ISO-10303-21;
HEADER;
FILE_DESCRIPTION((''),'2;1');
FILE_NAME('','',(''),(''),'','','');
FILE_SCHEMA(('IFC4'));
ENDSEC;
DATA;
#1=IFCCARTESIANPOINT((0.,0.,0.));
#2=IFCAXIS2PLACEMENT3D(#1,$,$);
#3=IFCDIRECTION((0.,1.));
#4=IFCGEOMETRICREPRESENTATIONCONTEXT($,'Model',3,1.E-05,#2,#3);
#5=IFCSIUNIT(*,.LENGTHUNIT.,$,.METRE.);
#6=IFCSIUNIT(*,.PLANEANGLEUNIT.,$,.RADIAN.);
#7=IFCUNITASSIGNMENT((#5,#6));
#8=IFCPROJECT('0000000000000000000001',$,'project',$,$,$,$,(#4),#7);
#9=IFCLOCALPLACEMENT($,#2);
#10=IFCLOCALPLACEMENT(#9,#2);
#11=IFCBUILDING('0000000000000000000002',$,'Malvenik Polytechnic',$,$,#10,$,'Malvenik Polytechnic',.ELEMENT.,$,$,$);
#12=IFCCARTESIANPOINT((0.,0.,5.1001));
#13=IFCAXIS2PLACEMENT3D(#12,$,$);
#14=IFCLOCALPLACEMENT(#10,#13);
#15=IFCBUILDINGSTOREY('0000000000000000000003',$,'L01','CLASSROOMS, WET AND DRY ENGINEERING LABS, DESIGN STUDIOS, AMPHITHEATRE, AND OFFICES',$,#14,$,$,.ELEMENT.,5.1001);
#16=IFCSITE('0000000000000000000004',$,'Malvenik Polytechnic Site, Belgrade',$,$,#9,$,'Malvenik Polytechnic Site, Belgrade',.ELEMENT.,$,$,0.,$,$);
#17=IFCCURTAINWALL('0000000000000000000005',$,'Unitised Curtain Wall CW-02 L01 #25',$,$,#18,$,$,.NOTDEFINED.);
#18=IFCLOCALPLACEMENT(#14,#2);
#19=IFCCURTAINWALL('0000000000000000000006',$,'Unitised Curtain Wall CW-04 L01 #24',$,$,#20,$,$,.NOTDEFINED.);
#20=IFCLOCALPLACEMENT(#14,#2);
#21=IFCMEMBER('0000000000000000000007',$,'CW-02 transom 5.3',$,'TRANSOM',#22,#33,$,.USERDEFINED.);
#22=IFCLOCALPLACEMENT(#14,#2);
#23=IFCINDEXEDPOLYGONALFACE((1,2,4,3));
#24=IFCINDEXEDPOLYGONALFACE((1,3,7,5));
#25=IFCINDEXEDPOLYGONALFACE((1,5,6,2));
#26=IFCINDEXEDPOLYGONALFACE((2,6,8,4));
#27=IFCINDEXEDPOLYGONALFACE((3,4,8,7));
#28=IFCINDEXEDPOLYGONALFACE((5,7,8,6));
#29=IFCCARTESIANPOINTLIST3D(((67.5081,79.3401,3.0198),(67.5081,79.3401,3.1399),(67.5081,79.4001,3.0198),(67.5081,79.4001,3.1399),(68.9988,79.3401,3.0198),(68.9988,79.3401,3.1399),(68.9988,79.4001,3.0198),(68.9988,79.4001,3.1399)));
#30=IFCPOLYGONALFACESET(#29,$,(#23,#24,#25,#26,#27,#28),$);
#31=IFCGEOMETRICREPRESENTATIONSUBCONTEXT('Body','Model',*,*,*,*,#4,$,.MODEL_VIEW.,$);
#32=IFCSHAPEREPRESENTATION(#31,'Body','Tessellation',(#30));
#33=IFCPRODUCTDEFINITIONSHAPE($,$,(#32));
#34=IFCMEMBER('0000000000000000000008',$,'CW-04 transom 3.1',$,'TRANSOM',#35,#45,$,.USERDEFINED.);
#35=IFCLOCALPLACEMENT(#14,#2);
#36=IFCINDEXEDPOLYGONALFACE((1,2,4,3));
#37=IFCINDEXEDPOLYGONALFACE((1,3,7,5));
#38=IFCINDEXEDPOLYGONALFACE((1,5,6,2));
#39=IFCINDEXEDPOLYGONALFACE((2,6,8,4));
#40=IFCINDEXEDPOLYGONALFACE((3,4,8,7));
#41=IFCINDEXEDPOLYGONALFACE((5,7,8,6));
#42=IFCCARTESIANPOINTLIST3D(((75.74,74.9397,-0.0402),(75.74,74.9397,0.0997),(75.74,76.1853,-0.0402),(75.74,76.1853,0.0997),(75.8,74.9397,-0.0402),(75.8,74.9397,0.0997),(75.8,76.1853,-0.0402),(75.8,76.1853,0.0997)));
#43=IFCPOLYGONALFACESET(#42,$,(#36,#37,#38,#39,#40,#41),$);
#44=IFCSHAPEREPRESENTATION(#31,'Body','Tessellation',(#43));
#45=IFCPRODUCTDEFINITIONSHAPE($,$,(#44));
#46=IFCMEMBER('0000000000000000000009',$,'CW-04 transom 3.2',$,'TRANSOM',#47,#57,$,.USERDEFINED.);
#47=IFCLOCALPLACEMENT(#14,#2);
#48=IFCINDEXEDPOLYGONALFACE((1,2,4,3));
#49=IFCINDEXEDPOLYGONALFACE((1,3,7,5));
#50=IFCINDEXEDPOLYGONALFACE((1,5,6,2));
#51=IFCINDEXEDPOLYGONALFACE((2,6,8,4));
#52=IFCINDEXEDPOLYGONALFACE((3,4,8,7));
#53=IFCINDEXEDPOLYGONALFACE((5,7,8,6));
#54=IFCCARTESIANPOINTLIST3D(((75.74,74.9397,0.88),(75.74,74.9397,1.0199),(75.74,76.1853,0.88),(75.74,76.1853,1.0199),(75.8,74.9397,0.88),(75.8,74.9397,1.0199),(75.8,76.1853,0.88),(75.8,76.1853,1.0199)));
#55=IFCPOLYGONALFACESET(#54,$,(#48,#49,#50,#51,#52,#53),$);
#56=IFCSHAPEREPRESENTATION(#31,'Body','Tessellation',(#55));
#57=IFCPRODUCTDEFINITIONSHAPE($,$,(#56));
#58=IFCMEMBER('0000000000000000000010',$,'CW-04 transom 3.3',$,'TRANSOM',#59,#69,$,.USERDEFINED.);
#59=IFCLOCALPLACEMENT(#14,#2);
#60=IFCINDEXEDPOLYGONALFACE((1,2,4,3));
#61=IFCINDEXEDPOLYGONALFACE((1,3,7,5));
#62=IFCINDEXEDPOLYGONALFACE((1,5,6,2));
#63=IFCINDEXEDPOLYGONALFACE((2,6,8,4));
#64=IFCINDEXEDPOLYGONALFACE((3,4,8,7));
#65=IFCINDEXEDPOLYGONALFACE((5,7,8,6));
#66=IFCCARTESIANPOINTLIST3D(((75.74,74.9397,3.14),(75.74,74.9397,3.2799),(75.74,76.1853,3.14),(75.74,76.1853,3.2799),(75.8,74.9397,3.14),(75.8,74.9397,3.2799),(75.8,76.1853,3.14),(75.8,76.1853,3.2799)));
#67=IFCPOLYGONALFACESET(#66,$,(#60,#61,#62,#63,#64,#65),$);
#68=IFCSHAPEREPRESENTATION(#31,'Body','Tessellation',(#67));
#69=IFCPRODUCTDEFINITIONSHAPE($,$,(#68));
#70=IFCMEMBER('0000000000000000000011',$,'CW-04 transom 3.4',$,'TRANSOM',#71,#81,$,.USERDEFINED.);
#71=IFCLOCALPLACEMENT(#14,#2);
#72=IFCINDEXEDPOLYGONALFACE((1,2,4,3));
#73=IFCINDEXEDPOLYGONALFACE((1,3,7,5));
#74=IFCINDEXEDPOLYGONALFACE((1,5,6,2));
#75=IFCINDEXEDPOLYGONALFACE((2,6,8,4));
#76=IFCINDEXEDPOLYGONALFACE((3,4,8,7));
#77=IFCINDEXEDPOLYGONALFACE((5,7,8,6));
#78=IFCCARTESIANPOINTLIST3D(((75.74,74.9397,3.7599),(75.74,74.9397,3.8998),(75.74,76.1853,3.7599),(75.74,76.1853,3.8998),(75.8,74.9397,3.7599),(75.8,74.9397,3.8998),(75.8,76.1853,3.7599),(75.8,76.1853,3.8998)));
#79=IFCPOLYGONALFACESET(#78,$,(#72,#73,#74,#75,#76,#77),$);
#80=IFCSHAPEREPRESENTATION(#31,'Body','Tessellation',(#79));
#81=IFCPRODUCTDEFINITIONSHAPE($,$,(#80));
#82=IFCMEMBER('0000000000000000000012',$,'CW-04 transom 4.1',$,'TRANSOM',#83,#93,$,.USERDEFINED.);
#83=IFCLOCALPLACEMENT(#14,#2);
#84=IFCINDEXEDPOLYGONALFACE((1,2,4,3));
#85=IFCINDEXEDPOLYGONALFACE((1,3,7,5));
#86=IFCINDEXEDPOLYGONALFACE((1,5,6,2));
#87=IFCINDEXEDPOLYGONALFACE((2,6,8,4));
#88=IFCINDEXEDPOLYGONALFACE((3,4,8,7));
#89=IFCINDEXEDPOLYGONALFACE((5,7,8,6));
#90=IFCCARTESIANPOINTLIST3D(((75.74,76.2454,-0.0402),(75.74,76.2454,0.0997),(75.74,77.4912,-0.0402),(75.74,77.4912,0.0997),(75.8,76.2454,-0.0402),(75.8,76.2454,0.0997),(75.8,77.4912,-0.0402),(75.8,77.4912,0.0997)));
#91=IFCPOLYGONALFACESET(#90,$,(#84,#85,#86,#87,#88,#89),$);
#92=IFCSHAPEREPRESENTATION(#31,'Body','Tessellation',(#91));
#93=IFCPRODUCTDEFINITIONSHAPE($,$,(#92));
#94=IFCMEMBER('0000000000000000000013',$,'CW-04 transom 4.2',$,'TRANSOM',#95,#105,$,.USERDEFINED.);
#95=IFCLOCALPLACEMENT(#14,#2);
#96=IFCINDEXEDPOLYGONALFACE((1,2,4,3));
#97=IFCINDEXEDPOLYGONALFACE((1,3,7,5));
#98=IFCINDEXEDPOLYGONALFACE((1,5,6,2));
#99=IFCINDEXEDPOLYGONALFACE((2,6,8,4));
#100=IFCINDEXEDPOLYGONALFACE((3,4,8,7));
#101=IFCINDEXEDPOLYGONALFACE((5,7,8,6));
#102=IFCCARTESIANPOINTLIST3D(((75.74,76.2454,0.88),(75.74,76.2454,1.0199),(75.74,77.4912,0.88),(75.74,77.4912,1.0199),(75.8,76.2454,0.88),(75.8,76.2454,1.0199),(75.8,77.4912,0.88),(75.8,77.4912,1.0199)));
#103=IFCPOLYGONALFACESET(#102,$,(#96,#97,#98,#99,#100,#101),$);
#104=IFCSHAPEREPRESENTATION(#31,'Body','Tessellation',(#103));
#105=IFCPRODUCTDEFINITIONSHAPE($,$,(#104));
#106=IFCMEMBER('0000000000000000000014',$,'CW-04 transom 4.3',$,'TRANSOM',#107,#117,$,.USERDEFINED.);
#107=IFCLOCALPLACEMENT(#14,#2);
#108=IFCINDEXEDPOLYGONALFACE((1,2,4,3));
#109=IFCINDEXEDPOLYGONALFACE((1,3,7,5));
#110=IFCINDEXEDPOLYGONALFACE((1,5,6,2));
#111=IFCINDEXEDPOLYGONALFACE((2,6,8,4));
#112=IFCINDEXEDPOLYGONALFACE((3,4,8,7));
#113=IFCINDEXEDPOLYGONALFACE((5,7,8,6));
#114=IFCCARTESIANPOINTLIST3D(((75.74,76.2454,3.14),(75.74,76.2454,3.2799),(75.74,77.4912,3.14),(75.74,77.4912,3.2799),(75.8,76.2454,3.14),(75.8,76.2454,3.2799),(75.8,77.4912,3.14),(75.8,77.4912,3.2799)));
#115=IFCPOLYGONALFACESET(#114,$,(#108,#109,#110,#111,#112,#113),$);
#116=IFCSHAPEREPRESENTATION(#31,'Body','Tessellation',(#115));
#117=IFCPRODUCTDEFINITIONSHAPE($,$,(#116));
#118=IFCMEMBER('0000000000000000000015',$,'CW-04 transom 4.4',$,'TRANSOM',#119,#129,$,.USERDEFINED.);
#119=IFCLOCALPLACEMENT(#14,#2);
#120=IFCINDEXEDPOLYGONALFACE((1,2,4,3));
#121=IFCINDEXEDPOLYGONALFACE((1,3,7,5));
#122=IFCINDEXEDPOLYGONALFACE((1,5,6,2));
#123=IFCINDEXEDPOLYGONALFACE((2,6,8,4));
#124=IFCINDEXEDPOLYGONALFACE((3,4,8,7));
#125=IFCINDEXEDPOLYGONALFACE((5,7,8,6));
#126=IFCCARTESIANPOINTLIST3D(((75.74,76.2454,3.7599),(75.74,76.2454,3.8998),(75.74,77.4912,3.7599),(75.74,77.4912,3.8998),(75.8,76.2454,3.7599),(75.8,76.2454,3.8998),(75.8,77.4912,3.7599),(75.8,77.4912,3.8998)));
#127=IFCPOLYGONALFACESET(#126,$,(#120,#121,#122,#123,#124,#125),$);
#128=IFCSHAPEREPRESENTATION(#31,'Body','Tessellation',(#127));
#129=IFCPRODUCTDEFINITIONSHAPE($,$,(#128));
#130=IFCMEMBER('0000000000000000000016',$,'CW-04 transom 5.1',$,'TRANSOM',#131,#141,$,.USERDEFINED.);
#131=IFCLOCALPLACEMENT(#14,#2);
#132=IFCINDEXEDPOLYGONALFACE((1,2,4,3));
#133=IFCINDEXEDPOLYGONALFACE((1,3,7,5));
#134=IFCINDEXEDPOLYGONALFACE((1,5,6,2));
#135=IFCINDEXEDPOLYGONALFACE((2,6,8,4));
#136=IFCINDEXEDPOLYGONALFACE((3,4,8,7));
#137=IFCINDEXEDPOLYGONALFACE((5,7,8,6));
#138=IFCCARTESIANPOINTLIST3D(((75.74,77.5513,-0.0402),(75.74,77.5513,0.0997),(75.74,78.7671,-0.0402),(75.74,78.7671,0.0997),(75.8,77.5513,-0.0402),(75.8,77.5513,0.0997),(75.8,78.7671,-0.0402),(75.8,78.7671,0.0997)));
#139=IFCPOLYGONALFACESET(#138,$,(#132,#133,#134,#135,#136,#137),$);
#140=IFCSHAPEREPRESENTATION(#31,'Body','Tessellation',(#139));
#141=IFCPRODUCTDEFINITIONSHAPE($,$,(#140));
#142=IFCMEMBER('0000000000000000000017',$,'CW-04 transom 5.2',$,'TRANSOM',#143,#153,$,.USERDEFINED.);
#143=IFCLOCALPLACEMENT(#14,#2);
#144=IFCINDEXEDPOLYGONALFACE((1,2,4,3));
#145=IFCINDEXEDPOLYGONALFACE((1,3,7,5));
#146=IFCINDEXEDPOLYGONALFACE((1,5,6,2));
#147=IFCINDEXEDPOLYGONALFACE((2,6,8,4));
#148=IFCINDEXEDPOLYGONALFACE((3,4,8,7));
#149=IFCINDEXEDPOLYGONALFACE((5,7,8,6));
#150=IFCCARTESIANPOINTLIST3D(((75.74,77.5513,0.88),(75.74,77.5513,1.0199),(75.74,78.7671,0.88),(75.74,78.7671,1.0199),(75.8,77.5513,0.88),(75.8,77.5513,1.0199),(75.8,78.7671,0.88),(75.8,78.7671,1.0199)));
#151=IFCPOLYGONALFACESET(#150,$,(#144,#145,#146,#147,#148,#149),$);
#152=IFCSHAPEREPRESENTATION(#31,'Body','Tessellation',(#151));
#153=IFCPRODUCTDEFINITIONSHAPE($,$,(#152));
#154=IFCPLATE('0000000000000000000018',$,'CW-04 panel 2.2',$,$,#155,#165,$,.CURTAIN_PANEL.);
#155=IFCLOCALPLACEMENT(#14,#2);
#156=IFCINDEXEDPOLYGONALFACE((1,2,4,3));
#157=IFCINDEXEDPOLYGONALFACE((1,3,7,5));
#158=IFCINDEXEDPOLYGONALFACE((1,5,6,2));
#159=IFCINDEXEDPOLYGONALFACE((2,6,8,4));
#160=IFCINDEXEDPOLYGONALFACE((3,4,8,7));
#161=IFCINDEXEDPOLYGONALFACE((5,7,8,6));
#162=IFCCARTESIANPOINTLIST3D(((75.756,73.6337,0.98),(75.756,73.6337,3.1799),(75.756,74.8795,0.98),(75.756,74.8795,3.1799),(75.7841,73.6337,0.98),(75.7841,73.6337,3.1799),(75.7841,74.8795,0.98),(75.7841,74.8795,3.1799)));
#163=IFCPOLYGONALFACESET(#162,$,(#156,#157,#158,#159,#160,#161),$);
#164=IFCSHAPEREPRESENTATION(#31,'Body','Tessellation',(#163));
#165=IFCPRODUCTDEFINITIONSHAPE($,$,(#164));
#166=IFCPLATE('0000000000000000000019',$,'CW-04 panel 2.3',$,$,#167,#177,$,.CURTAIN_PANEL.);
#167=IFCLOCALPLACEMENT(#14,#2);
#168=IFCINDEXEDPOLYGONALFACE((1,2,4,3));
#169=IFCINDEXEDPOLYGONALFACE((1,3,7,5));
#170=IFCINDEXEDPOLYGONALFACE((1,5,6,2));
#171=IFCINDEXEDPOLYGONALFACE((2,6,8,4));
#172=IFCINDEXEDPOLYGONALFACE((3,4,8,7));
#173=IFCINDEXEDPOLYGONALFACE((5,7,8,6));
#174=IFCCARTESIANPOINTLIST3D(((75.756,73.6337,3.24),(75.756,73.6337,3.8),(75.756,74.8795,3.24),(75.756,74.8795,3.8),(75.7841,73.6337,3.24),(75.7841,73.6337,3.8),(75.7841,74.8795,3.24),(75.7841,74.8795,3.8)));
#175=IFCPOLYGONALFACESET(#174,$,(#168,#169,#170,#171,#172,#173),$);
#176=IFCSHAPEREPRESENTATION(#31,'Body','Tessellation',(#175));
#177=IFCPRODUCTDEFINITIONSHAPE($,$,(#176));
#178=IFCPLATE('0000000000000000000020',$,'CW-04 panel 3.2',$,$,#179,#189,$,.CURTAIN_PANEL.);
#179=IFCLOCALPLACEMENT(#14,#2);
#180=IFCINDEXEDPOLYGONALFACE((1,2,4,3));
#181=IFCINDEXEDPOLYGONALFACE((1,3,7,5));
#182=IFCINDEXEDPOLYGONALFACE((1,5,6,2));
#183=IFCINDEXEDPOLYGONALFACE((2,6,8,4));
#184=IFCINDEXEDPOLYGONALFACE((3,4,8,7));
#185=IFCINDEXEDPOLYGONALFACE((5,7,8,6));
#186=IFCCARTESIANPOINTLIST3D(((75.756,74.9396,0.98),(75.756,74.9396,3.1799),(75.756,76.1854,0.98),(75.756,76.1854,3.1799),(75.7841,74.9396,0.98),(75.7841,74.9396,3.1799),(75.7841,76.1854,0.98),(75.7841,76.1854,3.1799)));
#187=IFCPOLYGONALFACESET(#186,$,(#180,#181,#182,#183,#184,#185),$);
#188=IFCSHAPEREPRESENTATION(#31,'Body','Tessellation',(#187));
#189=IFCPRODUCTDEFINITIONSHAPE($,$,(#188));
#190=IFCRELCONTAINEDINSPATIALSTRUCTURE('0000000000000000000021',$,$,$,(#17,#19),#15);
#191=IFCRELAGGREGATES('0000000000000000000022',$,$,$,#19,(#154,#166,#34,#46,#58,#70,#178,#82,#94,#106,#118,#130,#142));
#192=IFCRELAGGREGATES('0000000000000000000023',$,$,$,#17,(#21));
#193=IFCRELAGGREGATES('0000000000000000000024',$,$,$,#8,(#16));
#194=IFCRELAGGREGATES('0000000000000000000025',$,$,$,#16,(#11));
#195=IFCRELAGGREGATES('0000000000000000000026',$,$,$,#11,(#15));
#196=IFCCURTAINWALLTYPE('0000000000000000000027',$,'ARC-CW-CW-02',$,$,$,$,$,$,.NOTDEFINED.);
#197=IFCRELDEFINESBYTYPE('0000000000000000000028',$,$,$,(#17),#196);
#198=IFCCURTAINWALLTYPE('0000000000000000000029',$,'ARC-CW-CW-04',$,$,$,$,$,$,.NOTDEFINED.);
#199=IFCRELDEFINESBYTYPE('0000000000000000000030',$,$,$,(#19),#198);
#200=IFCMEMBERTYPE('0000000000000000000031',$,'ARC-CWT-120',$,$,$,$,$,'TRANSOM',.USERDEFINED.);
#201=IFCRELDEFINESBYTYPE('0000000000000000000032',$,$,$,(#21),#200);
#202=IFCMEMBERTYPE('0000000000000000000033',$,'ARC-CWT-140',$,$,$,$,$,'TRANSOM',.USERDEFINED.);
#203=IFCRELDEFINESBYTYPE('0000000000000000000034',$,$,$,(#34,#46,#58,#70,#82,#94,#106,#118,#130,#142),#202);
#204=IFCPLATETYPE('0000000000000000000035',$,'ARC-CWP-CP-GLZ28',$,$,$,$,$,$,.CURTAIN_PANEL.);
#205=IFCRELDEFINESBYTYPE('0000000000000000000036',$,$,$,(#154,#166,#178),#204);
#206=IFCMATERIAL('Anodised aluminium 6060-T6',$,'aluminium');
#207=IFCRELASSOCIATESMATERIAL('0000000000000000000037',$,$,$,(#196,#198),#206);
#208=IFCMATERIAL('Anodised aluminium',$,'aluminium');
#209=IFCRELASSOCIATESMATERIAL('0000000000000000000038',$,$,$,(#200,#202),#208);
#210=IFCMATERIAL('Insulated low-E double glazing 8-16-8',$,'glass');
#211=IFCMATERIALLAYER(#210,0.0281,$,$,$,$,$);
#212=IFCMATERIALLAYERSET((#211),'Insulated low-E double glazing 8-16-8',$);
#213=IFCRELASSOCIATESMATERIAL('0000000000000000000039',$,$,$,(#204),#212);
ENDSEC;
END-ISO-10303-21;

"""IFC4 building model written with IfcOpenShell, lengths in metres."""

from ifc_helpers import new_model, si_unit, direction, frame, origin, origin_2d, place, context, subcontext, project, spatial, rectangle, extrude, material, layer, layer_set, material_profile, profile_set, type_object, element, aggregate, save


model = new_model("IFC4")

# Units and contexts
model_context = context("Model", 3, precision=1e-05, world=origin(), true_north=direction((0.0, 1.0)))
body_context = subcontext(model_context, "Body", "Model", "MODEL_VIEW")
ifc_project = project(units=[si_unit("LENGTHUNIT", "METRE"), si_unit("PLANEANGLEUNIT", "RADIAN")], contexts=[model_context])

# Site, building, storey
site_placement = place(None, origin())
site = spatial("IfcSite", under=ifc_project, at=site_placement, Name="Malvenik Polytechnic Site, Belgrade", LongName="Malvenik Polytechnic Site, Belgrade", CompositionType="ELEMENT", RefElevation=0.0)
building_placement = place(site_placement, origin())
building = spatial("IfcBuilding", under=site, at=building_placement, Name="Malvenik Polytechnic", LongName="Malvenik Polytechnic", CompositionType="ELEMENT")
storey_placement = place(building_placement, frame((0.0, 0.0, 5.1001)))
storey = spatial("IfcBuildingStorey", under=building, at=storey_placement, Name="L01", Description="CLASSROOMS, WET AND DRY ENGINEERING LABS, DESIGN STUDIOS, AMPHITHEATRE, AND OFFICES", CompositionType="ELEMENT", Elevation=5.1001)

# Curtain walls
ifc_material_1 = material(Name="Anodised aluminium 6060-T6", Category="aluminium")
curtain_wall_type_1 = type_object("IfcCurtainWallType", Name="ARC-CW-CW-02", PredefinedType="NOTDEFINED", material=ifc_material_1)
curtain_wall_1_placement = place(storey_placement, origin())
curtain_wall_1 = element("IfcCurtainWall", 1, at=curtain_wall_1_placement, inside=storey, type_object=curtain_wall_type_1, Name="Unitised Curtain Wall CW-02 L01 #25", PredefinedType="NOTDEFINED")
ifc_material_2 = material(Name="Anodised aluminium", Category="aluminium")
curtain_wall_type_2 = type_object("IfcCurtainWallType", Name="ARC-CW-CW-04", PredefinedType="NOTDEFINED", material=ifc_material_1)
curtain_wall_2_placement = place(storey_placement, origin())
curtain_wall_2 = element("IfcCurtainWall", 2, at=curtain_wall_2_placement, inside=storey, type_object=curtain_wall_type_2, Name="Unitised Curtain Wall CW-04 L01 #24", PredefinedType="NOTDEFINED")

# Members
ifc_material_profile_1 = material_profile(ifc_material_2, rectangle(XDim=0.0601, YDim=0.1201, at=origin_2d()), Name="ALU TRANSOM 60x120")
ifc_profile_set_1 = profile_set([ifc_material_profile_1], Name="Anodised aluminium")
member_type_1 = type_object("IfcMemberType", Name="ARC-CWT-120", ElementType="TRANSOM", PredefinedType="USERDEFINED", material=ifc_profile_set_1)
member_1_placement = place(storey_placement, frame((68.9988, 79.3701, 3.0798), z_axis=(-1.0, 0.0, 0.0), x_axis=(0.0, -1.0, 0.0)))
member_1 = element("IfcMember", 3, at=member_1_placement, type_object=member_type_1, Name="CW-02 transom 5.3", ObjectType="TRANSOM", PredefinedType="USERDEFINED", context=body_context, shape_type="SweptSolid", body=[
    extrude(rectangle(XDim=0.0601, YDim=0.1201, at=origin_2d()), origin(), (0.0, 0.0, 1.0), 1.4907),
])
ifc_material_profile_2 = material_profile(ifc_material_2, rectangle(XDim=0.0601, YDim=0.1399, at=origin_2d()), Name="ALU TRANSOM 60x140")
ifc_profile_set_2 = profile_set([ifc_material_profile_2], Name="Anodised aluminium")
member_type_2 = type_object("IfcMemberType", Name="ARC-CWT-140", ElementType="TRANSOM", PredefinedType="USERDEFINED", material=ifc_profile_set_2)
member_2_placement = place(storey_placement, frame((75.77, 74.9397, 0.0298), z_axis=(0.0, 1.0, 0.0), x_axis=(-1.0, 0.0, 0.0)))
member_2 = element("IfcMember", 4, at=member_2_placement, type_object=member_type_2, Name="CW-04 transom 3.1", ObjectType="TRANSOM", PredefinedType="USERDEFINED", context=body_context, shape_type="SweptSolid", body=[
    extrude(rectangle(XDim=0.0601, YDim=0.1399, at=origin_2d()), origin(), (0.0, 0.0, 1.0), 1.2456),
])
member_3_placement = place(storey_placement, frame((75.77, 74.9397, 0.95), z_axis=(0.0, 1.0, 0.0), x_axis=(-1.0, 0.0, 0.0)))
member_3 = element("IfcMember", 5, at=member_3_placement, type_object=member_type_2, Name="CW-04 transom 3.2", ObjectType="TRANSOM", PredefinedType="USERDEFINED", context=body_context, shape_type="SweptSolid", body=[
    extrude(rectangle(XDim=0.0601, YDim=0.1399, at=origin_2d()), origin(), (0.0, 0.0, 1.0), 1.2456),
])
member_4_placement = place(storey_placement, frame((75.77, 74.9397, 3.21), z_axis=(0.0, 1.0, 0.0), x_axis=(-1.0, 0.0, 0.0)))
member_4 = element("IfcMember", 6, at=member_4_placement, type_object=member_type_2, Name="CW-04 transom 3.3", ObjectType="TRANSOM", PredefinedType="USERDEFINED", context=body_context, shape_type="SweptSolid", body=[
    extrude(rectangle(XDim=0.0601, YDim=0.1399, at=origin_2d()), origin(), (0.0, 0.0, 1.0), 1.2456),
])
member_5_placement = place(storey_placement, frame((75.77, 74.9397, 3.8298), z_axis=(0.0, 1.0, 0.0), x_axis=(-1.0, 0.0, 0.0)))
member_5 = element("IfcMember", 7, at=member_5_placement, type_object=member_type_2, Name="CW-04 transom 3.4", ObjectType="TRANSOM", PredefinedType="USERDEFINED", context=body_context, shape_type="SweptSolid", body=[
    extrude(rectangle(XDim=0.0601, YDim=0.1399, at=origin_2d()), origin(), (0.0, 0.0, 1.0), 1.2456),
])
member_6_placement = place(storey_placement, frame((75.77, 76.2454, 0.0298), z_axis=(0.0, 1.0, 0.0), x_axis=(-1.0, 0.0, 0.0)))
member_6 = element("IfcMember", 8, at=member_6_placement, type_object=member_type_2, Name="CW-04 transom 4.1", ObjectType="TRANSOM", PredefinedType="USERDEFINED", context=body_context, shape_type="SweptSolid", body=[
    extrude(rectangle(XDim=0.0601, YDim=0.1399, at=origin_2d()), origin(), (0.0, 0.0, 1.0), 1.2458),
])
member_7_placement = place(storey_placement, frame((75.77, 76.2454, 0.95), z_axis=(0.0, 1.0, 0.0), x_axis=(-1.0, 0.0, 0.0)))
member_7 = element("IfcMember", 9, at=member_7_placement, type_object=member_type_2, Name="CW-04 transom 4.2", ObjectType="TRANSOM", PredefinedType="USERDEFINED", context=body_context, shape_type="SweptSolid", body=[
    extrude(rectangle(XDim=0.0601, YDim=0.1399, at=origin_2d()), origin(), (0.0, 0.0, 1.0), 1.2458),
])
member_8_placement = place(storey_placement, frame((75.77, 76.2454, 3.21), z_axis=(0.0, 1.0, 0.0), x_axis=(-1.0, 0.0, 0.0)))
member_8 = element("IfcMember", 10, at=member_8_placement, type_object=member_type_2, Name="CW-04 transom 4.3", ObjectType="TRANSOM", PredefinedType="USERDEFINED", context=body_context, shape_type="SweptSolid", body=[
    extrude(rectangle(XDim=0.0601, YDim=0.1399, at=origin_2d()), origin(), (0.0, 0.0, 1.0), 1.2458),
])
member_9_placement = place(storey_placement, frame((75.77, 76.2454, 3.8298), z_axis=(0.0, 1.0, 0.0), x_axis=(-1.0, 0.0, 0.0)))
member_9 = element("IfcMember", 11, at=member_9_placement, type_object=member_type_2, Name="CW-04 transom 4.4", ObjectType="TRANSOM", PredefinedType="USERDEFINED", context=body_context, shape_type="SweptSolid", body=[
    extrude(rectangle(XDim=0.0601, YDim=0.1399, at=origin_2d()), origin(), (0.0, 0.0, 1.0), 1.2458),
])
member_10_placement = place(storey_placement, frame((75.77, 77.5513, 0.0298), z_axis=(0.0, 1.0, 0.0), x_axis=(-1.0, 0.0, 0.0)))
member_10 = element("IfcMember", 12, at=member_10_placement, type_object=member_type_2, Name="CW-04 transom 5.1", ObjectType="TRANSOM", PredefinedType="USERDEFINED", context=body_context, shape_type="SweptSolid", body=[
    extrude(rectangle(XDim=0.0601, YDim=0.1399, at=origin_2d()), origin(), (0.0, 0.0, 1.0), 1.2158),
])
member_11_placement = place(storey_placement, frame((75.77, 77.5513, 0.95), z_axis=(0.0, 1.0, 0.0), x_axis=(-1.0, 0.0, 0.0)))
member_11 = element("IfcMember", 13, at=member_11_placement, type_object=member_type_2, Name="CW-04 transom 5.2", ObjectType="TRANSOM", PredefinedType="USERDEFINED", context=body_context, shape_type="SweptSolid", body=[
    extrude(rectangle(XDim=0.0601, YDim=0.1399, at=origin_2d()), origin(), (0.0, 0.0, 1.0), 1.2158),
])

# Plates
ifc_material_3 = material(Name="Insulated low-E double glazing 8-16-8", Category="glass")
ifc_layer_1 = layer(ifc_material_3, 0.0281)
ifc_layer_set_1 = layer_set([ifc_layer_1], Name="Insulated low-E double glazing 8-16-8")
plate_type_1 = type_object("IfcPlateType", Name="ARC-CWP-CP-GLZ28", PredefinedType="CURTAIN_PANEL", material=ifc_layer_set_1)
plate_1_placement = place(storey_placement, frame((75.77, 74.2566, 0.98), z_axis=(0.0, 0.0, 1.0), x_axis=(0.0, 1.0, 0.0)))
plate_1 = element("IfcPlate", 14, at=plate_1_placement, type_object=plate_type_1, Name="CW-04 panel 2.2", PredefinedType="CURTAIN_PANEL", context=body_context, shape_type="SweptSolid", body=[
    extrude(rectangle(XDim=1.2458, YDim=0.0281, at=origin_2d()), origin(), (0.0, 0.0, 1.0), 2.2),
])
plate_2_placement = place(storey_placement, frame((75.77, 74.2566, 3.24), z_axis=(0.0, 0.0, 1.0), x_axis=(0.0, 1.0, 0.0)))
plate_2 = element("IfcPlate", 15, at=plate_2_placement, type_object=plate_type_1, Name="CW-04 panel 2.3", PredefinedType="CURTAIN_PANEL", context=body_context, shape_type="SweptSolid", body=[
    extrude(rectangle(XDim=1.2458, YDim=0.0281, at=origin_2d()), origin(), (0.0, 0.0, 1.0), 0.5601),
])
plate_3_placement = place(storey_placement, frame((75.77, 75.5625, 0.98), z_axis=(0.0, 0.0, 1.0), x_axis=(0.0, 1.0, 0.0)))
plate_3 = element("IfcPlate", 16, at=plate_3_placement, type_object=plate_type_1, Name="CW-04 panel 3.2", PredefinedType="CURTAIN_PANEL", context=body_context, shape_type="SweptSolid", body=[
    extrude(rectangle(XDim=1.2458, YDim=0.0281, at=origin_2d()), origin(), (0.0, 0.0, 1.0), 2.2),
])
aggregate(curtain_wall_2, [plate_1, plate_2, member_2, member_3, member_4, member_5, plate_3, member_6, member_7, member_8, member_9, member_10, member_11])
aggregate(curtain_wall_1, [member_1])

save(model, "model.ifc")
